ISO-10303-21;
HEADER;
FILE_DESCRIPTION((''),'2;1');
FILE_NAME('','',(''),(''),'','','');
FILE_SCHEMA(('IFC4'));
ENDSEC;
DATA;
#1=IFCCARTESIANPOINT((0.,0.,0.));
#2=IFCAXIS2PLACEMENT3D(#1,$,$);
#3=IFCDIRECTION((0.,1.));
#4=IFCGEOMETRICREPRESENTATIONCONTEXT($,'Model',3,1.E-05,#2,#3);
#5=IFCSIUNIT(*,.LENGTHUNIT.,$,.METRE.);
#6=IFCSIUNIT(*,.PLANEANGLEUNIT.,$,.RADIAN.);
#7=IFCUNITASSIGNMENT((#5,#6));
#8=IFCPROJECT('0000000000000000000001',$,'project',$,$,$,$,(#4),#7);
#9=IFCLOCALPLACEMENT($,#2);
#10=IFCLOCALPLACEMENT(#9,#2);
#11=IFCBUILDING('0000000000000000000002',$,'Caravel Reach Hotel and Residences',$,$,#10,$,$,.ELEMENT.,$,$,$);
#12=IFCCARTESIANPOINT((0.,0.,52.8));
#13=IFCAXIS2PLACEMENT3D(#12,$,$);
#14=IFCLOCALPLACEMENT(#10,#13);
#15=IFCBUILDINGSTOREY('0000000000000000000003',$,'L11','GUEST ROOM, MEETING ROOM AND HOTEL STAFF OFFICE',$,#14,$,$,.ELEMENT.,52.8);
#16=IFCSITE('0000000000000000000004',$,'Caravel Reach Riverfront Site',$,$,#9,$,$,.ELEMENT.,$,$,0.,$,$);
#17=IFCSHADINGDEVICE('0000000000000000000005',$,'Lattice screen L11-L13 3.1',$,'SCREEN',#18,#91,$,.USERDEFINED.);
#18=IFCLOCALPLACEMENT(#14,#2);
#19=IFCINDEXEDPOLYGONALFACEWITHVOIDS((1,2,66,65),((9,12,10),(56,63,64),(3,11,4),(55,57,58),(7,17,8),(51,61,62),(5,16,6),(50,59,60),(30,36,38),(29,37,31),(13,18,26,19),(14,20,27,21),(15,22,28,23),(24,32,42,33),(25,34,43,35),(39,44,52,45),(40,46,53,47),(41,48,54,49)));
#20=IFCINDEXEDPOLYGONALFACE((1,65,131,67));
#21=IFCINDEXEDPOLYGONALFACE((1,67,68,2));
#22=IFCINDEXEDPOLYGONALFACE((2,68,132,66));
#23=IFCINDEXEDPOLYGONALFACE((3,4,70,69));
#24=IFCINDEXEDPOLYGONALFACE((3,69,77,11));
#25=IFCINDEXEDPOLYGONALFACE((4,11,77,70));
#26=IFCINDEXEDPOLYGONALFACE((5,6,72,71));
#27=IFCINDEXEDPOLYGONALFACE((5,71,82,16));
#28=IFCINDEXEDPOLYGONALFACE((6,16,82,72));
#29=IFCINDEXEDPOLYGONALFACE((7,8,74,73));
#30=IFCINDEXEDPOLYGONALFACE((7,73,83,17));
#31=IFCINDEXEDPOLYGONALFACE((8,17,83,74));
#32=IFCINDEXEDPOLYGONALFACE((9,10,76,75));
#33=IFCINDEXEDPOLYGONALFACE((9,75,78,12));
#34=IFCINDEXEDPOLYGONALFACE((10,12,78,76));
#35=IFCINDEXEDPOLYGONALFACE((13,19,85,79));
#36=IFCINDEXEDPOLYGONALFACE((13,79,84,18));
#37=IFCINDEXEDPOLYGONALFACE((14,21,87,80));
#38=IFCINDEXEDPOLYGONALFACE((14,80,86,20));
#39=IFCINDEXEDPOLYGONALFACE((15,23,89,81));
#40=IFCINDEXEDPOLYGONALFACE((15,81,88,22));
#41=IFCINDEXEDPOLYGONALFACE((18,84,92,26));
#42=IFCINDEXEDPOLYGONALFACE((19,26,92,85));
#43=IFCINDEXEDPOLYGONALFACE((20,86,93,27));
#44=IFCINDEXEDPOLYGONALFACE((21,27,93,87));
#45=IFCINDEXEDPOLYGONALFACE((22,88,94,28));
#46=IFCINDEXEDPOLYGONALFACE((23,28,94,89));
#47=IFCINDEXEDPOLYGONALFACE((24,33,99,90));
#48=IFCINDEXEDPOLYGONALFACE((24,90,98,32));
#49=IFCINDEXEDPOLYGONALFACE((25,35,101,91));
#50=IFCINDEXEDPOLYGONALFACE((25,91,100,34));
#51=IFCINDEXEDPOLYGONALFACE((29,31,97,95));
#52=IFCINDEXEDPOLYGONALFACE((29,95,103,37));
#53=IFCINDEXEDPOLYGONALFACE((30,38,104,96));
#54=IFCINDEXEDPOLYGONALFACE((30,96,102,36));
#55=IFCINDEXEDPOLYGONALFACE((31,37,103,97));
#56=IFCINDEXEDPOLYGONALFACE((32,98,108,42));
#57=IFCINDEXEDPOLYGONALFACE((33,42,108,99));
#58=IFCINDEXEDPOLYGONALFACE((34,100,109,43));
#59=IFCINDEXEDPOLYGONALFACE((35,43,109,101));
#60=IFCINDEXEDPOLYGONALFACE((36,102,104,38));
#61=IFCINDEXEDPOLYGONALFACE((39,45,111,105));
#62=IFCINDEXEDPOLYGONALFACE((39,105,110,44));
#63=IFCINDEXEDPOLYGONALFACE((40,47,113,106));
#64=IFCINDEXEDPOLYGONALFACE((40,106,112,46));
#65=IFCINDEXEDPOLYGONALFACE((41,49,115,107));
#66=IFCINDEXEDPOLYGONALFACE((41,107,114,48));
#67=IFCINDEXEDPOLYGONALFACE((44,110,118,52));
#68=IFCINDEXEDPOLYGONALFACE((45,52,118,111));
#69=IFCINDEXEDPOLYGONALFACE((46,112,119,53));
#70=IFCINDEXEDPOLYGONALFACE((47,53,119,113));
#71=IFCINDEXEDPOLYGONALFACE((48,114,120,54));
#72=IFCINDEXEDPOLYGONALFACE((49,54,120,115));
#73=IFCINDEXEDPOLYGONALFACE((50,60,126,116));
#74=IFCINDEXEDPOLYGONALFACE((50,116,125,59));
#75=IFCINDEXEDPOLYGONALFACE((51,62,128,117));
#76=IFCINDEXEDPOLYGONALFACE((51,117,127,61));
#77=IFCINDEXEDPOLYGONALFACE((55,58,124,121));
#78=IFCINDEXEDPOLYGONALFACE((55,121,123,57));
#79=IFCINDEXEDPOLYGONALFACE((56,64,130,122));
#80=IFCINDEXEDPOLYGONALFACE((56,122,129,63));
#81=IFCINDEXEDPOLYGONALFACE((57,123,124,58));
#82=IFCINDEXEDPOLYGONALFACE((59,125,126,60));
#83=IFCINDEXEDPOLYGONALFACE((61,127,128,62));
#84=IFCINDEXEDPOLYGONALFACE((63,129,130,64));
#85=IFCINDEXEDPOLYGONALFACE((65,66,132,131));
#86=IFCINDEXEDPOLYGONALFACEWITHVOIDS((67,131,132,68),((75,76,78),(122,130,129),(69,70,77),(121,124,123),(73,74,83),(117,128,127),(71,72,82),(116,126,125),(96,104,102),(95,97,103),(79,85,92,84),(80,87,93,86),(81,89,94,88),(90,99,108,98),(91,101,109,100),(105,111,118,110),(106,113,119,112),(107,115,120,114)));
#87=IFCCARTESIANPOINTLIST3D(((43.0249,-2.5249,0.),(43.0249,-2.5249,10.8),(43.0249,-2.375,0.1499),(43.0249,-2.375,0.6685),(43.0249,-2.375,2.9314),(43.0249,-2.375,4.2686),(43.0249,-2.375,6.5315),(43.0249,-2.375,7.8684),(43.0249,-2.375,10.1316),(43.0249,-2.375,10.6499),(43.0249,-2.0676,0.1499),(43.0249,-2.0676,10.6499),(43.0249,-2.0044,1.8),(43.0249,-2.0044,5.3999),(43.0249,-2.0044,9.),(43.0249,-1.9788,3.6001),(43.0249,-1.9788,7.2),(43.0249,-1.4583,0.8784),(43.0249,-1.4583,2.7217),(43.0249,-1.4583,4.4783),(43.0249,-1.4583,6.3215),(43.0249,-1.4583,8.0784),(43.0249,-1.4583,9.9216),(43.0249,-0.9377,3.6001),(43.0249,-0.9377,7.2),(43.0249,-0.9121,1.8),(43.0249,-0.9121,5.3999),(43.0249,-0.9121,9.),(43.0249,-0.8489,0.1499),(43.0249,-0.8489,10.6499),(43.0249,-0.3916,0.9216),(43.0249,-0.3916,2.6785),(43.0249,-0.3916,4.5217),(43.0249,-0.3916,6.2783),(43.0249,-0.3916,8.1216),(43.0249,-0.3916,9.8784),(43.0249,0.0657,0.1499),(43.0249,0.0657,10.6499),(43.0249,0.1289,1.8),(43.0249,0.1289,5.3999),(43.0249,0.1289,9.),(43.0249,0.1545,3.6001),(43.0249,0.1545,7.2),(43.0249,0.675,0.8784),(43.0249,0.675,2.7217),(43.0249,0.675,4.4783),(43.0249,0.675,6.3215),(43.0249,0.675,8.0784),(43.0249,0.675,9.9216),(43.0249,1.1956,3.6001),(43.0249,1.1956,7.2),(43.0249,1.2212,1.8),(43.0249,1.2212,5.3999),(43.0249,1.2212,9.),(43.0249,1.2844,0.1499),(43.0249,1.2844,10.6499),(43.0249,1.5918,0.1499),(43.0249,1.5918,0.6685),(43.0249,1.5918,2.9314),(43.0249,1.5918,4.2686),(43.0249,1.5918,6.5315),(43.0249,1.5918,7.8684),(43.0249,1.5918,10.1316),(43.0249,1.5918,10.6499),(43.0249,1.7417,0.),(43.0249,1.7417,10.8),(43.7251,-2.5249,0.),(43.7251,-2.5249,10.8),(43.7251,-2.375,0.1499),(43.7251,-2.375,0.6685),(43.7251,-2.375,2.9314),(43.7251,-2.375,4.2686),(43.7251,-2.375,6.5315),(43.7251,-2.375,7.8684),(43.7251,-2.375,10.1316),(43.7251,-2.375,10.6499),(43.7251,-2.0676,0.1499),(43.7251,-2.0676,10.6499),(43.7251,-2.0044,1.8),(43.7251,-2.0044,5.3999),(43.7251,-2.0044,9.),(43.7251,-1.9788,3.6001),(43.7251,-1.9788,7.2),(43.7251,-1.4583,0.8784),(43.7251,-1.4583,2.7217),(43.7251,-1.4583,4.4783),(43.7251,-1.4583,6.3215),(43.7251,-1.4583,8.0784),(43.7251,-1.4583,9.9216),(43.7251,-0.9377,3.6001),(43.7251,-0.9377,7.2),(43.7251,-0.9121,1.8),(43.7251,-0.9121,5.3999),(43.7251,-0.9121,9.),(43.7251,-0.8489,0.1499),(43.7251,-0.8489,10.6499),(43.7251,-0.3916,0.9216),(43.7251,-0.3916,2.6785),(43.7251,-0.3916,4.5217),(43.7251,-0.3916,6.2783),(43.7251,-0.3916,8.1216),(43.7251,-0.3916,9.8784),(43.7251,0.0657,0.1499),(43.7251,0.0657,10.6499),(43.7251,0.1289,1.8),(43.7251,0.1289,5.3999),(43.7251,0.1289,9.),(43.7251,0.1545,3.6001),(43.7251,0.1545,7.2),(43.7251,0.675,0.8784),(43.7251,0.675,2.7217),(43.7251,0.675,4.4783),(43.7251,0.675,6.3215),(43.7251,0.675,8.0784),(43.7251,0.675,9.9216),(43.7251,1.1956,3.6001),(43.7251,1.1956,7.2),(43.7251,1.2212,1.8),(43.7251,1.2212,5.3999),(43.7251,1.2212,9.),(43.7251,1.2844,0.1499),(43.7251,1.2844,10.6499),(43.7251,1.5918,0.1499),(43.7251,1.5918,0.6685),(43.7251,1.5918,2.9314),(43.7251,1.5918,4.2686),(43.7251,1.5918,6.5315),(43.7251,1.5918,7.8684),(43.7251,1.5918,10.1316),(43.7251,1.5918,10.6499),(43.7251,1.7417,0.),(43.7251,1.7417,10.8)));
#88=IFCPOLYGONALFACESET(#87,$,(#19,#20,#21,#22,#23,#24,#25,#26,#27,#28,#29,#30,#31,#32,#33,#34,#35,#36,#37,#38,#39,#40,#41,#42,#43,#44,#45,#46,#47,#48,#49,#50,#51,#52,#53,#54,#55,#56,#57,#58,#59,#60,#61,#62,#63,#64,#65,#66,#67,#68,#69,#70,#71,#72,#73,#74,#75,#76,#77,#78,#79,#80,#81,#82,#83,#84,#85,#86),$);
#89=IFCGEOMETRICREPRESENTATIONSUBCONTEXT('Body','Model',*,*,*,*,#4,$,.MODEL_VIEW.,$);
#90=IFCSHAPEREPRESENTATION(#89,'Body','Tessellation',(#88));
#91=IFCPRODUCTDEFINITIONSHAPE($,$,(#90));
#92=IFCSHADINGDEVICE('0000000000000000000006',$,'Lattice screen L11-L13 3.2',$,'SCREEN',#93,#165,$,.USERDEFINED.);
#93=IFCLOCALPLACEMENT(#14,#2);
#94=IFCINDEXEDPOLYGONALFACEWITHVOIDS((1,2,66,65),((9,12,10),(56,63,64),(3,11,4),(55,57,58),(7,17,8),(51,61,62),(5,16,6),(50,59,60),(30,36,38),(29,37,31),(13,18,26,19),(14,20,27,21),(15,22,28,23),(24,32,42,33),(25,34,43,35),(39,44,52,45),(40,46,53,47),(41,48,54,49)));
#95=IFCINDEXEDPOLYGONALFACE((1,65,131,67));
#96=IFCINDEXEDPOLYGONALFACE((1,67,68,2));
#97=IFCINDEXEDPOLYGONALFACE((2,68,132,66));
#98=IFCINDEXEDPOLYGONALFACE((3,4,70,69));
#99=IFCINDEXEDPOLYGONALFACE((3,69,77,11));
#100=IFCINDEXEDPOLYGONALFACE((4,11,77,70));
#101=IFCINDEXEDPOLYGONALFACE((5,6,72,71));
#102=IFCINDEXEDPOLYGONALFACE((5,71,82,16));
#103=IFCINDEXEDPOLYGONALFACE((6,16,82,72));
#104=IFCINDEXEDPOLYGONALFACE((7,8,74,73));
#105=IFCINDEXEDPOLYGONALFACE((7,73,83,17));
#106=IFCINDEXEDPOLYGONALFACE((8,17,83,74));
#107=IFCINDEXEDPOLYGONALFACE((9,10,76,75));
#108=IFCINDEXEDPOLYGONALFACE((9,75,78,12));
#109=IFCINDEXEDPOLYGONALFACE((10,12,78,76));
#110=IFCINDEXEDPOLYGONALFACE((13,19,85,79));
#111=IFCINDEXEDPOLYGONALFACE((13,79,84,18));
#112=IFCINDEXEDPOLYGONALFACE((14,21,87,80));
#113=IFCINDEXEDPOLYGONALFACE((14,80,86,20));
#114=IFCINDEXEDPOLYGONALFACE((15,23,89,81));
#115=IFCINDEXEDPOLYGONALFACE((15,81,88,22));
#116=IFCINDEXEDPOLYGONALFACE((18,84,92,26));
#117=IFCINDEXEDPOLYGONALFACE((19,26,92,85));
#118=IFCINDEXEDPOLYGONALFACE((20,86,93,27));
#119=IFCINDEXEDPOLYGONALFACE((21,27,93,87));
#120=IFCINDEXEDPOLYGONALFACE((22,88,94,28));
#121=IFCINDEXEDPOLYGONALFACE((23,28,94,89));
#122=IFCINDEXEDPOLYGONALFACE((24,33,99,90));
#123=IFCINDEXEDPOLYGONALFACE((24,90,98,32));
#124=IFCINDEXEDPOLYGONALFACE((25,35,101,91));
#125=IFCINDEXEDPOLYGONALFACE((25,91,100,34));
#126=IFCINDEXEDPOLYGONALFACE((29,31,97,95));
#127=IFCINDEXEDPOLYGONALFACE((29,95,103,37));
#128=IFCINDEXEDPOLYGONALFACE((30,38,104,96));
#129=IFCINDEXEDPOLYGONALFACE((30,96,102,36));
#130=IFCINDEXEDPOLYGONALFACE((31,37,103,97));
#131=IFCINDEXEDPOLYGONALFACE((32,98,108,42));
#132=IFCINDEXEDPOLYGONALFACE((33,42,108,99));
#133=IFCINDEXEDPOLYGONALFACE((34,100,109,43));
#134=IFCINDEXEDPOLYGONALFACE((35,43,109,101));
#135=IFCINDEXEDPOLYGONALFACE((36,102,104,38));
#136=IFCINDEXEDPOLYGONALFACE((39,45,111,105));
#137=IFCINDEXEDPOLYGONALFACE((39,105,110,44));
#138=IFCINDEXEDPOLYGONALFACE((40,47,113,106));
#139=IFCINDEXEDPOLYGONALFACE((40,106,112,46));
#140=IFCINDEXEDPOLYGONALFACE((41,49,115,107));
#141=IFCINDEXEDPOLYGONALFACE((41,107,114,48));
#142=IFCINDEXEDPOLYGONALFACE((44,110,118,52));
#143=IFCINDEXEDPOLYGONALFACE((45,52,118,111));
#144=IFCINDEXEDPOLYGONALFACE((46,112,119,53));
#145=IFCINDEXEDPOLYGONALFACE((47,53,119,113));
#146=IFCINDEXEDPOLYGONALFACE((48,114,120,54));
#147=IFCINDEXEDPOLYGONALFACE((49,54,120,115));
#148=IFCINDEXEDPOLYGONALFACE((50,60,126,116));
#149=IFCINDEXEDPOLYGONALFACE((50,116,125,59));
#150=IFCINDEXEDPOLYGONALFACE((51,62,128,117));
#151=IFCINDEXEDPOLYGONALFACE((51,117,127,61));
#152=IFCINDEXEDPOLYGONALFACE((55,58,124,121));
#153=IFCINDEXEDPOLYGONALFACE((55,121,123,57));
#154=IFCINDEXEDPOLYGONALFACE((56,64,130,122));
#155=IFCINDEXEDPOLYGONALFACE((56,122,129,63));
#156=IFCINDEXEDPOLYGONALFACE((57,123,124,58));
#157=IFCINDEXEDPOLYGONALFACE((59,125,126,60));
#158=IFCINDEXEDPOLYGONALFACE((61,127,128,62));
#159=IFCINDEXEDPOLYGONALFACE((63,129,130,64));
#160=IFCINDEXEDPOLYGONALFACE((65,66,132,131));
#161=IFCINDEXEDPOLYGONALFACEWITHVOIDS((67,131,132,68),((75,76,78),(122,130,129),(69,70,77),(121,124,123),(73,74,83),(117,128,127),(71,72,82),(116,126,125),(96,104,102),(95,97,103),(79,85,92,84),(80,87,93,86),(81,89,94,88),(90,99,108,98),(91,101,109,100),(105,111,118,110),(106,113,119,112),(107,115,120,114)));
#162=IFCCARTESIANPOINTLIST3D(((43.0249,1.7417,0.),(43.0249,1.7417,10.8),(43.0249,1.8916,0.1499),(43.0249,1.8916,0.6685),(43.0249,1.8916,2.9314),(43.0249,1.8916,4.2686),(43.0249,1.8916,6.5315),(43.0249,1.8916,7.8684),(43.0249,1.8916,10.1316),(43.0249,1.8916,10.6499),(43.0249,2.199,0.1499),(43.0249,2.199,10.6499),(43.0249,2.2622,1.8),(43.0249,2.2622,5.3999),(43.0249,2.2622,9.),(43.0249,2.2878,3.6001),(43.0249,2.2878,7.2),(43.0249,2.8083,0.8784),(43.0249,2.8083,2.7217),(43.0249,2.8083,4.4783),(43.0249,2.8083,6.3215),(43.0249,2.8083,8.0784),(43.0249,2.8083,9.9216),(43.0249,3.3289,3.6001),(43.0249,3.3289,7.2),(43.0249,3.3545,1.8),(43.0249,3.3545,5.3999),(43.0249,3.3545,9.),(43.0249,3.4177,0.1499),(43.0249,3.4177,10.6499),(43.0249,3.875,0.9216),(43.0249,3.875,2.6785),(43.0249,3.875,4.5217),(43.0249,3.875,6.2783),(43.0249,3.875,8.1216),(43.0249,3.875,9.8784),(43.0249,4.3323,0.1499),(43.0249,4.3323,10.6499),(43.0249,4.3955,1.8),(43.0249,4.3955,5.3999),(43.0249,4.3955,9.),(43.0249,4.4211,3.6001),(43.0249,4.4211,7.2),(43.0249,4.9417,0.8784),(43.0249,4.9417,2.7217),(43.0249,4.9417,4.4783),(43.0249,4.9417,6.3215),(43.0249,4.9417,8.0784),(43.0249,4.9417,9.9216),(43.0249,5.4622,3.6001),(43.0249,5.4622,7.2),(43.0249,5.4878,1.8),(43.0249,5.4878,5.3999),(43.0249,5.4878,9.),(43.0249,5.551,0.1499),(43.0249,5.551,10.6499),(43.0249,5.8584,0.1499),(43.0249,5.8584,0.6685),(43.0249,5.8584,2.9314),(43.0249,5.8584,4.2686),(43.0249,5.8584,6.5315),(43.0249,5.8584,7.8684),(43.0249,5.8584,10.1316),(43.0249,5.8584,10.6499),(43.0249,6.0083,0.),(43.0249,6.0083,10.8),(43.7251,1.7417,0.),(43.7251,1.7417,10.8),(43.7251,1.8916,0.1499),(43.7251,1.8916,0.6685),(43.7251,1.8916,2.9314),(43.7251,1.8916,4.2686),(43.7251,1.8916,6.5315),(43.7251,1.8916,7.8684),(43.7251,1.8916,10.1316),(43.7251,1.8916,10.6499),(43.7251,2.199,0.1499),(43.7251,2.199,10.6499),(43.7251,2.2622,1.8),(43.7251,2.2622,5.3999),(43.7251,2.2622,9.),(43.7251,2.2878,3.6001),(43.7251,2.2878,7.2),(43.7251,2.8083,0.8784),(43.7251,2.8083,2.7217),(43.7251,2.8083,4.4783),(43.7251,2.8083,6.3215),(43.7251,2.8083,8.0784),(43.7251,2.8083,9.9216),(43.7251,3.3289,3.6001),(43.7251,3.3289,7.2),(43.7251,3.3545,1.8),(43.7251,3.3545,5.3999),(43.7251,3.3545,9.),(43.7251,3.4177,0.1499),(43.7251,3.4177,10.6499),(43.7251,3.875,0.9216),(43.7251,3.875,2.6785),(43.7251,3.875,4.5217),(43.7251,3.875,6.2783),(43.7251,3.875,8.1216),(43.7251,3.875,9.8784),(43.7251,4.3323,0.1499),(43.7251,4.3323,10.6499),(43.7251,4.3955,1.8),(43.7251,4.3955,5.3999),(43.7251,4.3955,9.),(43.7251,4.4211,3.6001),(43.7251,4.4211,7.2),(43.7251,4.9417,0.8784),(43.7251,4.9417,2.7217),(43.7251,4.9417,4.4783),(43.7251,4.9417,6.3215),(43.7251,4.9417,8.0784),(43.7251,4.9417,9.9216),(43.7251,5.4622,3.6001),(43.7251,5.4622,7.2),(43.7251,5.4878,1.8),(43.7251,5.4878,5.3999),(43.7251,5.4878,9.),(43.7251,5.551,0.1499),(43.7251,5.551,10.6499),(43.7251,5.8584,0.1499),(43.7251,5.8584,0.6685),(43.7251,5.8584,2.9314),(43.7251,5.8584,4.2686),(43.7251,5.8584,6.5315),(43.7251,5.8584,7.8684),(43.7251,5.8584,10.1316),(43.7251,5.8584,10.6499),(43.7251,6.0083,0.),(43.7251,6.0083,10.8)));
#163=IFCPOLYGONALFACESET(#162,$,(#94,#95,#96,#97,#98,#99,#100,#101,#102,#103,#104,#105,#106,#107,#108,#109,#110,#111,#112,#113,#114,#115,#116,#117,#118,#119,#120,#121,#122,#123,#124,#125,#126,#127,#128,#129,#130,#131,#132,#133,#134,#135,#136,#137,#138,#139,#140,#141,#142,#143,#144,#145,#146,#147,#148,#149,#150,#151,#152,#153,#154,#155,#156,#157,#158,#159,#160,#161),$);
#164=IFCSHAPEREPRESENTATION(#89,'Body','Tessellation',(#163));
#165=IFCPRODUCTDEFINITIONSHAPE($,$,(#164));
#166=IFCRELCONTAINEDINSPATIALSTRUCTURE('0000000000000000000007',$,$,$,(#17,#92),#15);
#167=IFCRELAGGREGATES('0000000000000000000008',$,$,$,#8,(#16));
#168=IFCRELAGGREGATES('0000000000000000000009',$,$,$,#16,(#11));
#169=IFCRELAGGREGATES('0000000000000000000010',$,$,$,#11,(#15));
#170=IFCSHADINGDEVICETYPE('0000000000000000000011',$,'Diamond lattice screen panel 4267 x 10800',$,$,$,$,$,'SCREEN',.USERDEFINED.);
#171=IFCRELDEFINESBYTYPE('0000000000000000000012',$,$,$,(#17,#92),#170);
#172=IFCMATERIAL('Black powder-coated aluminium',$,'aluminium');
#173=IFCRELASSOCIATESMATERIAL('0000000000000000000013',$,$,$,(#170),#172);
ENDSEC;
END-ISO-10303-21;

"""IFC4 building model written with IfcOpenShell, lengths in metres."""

from ifc_helpers import new_model, si_unit, direction, frame, origin, place, context, subcontext, project, spatial, polyline, outline, extrude, material, type_object, element, save


model = new_model("IFC4")

# Units and contexts
model_context = context("Model", 3, precision=1e-05, world=origin(), true_north=direction((0.0, 1.0)))
body_context = subcontext(model_context, "Body", "Model", "MODEL_VIEW")
ifc_project = project(units=[si_unit("LENGTHUNIT", "METRE"), si_unit("PLANEANGLEUNIT", "RADIAN")], contexts=[model_context])

# Site, building, storey
site_placement = place(None, origin())
site = spatial("IfcSite", under=ifc_project, at=site_placement, Name="Caravel Reach Riverfront Site", CompositionType="ELEMENT", RefElevation=0.0)
building_placement = place(site_placement, origin())
building = spatial("IfcBuilding", under=site, at=building_placement, Name="Caravel Reach Hotel and Residences", CompositionType="ELEMENT")
storey_placement = place(building_placement, frame((0.0, 0.0, 52.8)))
storey = spatial("IfcBuildingStorey", under=building, at=storey_placement, Name="L11", Description="GUEST ROOM, MEETING ROOM AND HOTEL STAFF OFFICE", CompositionType="ELEMENT", Elevation=52.8)

# Shading devices
ifc_material_1 = material(Name="Black powder-coated aluminium", Category="aluminium")
shading_device_type = type_object("IfcShadingDeviceType", Name="Diamond lattice screen panel 4267 x 10800", ElementType="SCREEN", PredefinedType="USERDEFINED", material=ifc_material_1)
shading_device_1_placement = place(storey_placement, frame((43.0249, -2.5249, 0.0), z_axis=(1.0, 0.0, 0.0), x_axis=(0.0, 1.0, 0.0)))
element("IfcShadingDevice", 1, at=shading_device_1_placement, inside=storey, type_object=shading_device_type, Name="Lattice screen L11-L13 3.1", ObjectType="SCREEN", PredefinedType="USERDEFINED", context=body_context, shape_type="SweptSolid", body=[
    extrude(outline(polyline([(0.0, 0.0), (4.2666, 0.0), (4.2666, 10.8), (0.0, 10.8), (0.0, 0.0)]), holes=[polyline([(0.4573, 0.1499), (0.1499, 0.6685), (0.1499, 0.1499), (0.4573, 0.1499)]), polyline([(0.5461, 3.6001), (0.1499, 4.2686), (0.1499, 2.9314), (0.5461, 3.6001)]), polyline([(0.5461, 7.2), (0.1499, 7.8684), (0.1499, 6.5315), (0.5461, 7.2)]), polyline([(0.1499, 10.1316), (0.4573, 10.6499), (0.1499, 10.6499), (0.1499, 10.1316)]), polyline([(1.0667, 2.7217), (0.5205, 1.8), (1.0667, 0.8784), (1.6128, 1.8), (1.0667, 2.7217)]), polyline([(1.0667, 6.3215), (0.5205, 5.3999), (1.0667, 4.4783), (1.6128, 5.3999), (1.0667, 6.3215)]), polyline([(1.0667, 9.9216), (0.5205, 9.0), (1.0667, 8.0784), (1.6128, 9.0), (1.0667, 9.9216)]), polyline([(2.1333, 0.9216), (1.676, 0.1499), (2.5906, 0.1499), (2.1333, 0.9216)]), polyline([(2.1333, 4.5217), (1.5872, 3.6001), (2.1333, 2.6785), (2.6794, 3.6001), (2.1333, 4.5217)]), polyline([(2.1333, 8.1216), (1.5872, 7.2), (2.1333, 6.2783), (2.6794, 7.2), (2.1333, 8.1216)]), polyline([(2.1333, 9.8784), (2.5906, 10.6499), (1.676, 10.6499), (2.1333, 9.8784)]), polyline([(3.2, 2.7217), (2.6538, 1.8), (3.2, 0.8784), (3.7461, 1.8), (3.2, 2.7217)]), polyline([(3.2, 6.3215), (2.6538, 5.3999), (3.2, 4.4783), (3.7461, 5.3999), (3.2, 6.3215)]), polyline([(3.2, 9.9216), (2.6538, 9.0), (3.2, 8.0784), (3.7461, 9.0), (3.2, 9.9216)]), polyline([(4.1167, 0.6685), (3.8093, 0.1499), (4.1167, 0.1499), (4.1167, 0.6685)]), polyline([(3.7205, 3.6001), (4.1167, 2.9314), (4.1167, 4.2686), (3.7205, 3.6001)]), polyline([(3.7205, 7.2), (4.1167, 6.5315), (4.1167, 7.8684), (3.7205, 7.2)]), polyline([(3.8093, 10.6499), (4.1167, 10.1316), (4.1167, 10.6499), (3.8093, 10.6499)])]), origin(), (0.0, 0.0, 1.0), 0.7002),
])
shading_device_2_placement = place(storey_placement, frame((43.0249, 1.7417, 0.0), z_axis=(1.0, 0.0, 0.0), x_axis=(0.0, 1.0, 0.0)))
element("IfcShadingDevice", 2, at=shading_device_2_placement, inside=storey, type_object=shading_device_type, Name="Lattice screen L11-L13 3.2", ObjectType="SCREEN", PredefinedType="USERDEFINED", context=body_context, shape_type="SweptSolid", body=[
    extrude(outline(polyline([(0.0, 0.0), (4.2666, 0.0), (4.2666, 10.8), (0.0, 10.8), (0.0, 0.0)]), holes=[polyline([(0.4573, 0.1499), (0.1499, 0.6685), (0.1499, 0.1499), (0.4573, 0.1499)]), polyline([(0.5461, 3.6001), (0.1499, 4.2686), (0.1499, 2.9314), (0.5461, 3.6001)]), polyline([(0.5461, 7.2), (0.1499, 7.8684), (0.1499, 6.5315), (0.5461, 7.2)]), polyline([(0.1499, 10.1316), (0.4573, 10.6499), (0.1499, 10.6499), (0.1499, 10.1316)]), polyline([(1.0667, 2.7217), (0.5205, 1.8), (1.0667, 0.8784), (1.6128, 1.8), (1.0667, 2.7217)]), polyline([(1.0667, 6.3215), (0.5205, 5.3999), (1.0667, 4.4783), (1.6128, 5.3999), (1.0667, 6.3215)]), polyline([(1.0667, 9.9216), (0.5205, 9.0), (1.0667, 8.0784), (1.6128, 9.0), (1.0667, 9.9216)]), polyline([(2.1333, 0.9216), (1.676, 0.1499), (2.5906, 0.1499), (2.1333, 0.9216)]), polyline([(2.1333, 4.5217), (1.5872, 3.6001), (2.1333, 2.6785), (2.6794, 3.6001), (2.1333, 4.5217)]), polyline([(2.1333, 8.1216), (1.5872, 7.2), (2.1333, 6.2783), (2.6794, 7.2), (2.1333, 8.1216)]), polyline([(2.1333, 9.8784), (2.5906, 10.6499), (1.676, 10.6499), (2.1333, 9.8784)]), polyline([(3.2, 2.7217), (2.6538, 1.8), (3.2, 0.8784), (3.7461, 1.8), (3.2, 2.7217)]), polyline([(3.2, 6.3215), (2.6538, 5.3999), (3.2, 4.4783), (3.7461, 5.3999), (3.2, 6.3215)]), polyline([(3.2, 9.9216), (2.6538, 9.0), (3.2, 8.0784), (3.7461, 9.0), (3.2, 9.9216)]), polyline([(4.1167, 0.6685), (3.8093, 0.1499), (4.1167, 0.1499), (4.1167, 0.6685)]), polyline([(3.7205, 3.6001), (4.1167, 2.9314), (4.1167, 4.2686), (3.7205, 3.6001)]), polyline([(3.7205, 7.2), (4.1167, 6.5315), (4.1167, 7.8684), (3.7205, 7.2)]), polyline([(3.8093, 10.6499), (4.1167, 10.1316), (4.1167, 10.6499), (3.8093, 10.6499)])]), origin(), (0.0, 0.0, 1.0), 0.7002),
])

save(model, "model.ifc")
